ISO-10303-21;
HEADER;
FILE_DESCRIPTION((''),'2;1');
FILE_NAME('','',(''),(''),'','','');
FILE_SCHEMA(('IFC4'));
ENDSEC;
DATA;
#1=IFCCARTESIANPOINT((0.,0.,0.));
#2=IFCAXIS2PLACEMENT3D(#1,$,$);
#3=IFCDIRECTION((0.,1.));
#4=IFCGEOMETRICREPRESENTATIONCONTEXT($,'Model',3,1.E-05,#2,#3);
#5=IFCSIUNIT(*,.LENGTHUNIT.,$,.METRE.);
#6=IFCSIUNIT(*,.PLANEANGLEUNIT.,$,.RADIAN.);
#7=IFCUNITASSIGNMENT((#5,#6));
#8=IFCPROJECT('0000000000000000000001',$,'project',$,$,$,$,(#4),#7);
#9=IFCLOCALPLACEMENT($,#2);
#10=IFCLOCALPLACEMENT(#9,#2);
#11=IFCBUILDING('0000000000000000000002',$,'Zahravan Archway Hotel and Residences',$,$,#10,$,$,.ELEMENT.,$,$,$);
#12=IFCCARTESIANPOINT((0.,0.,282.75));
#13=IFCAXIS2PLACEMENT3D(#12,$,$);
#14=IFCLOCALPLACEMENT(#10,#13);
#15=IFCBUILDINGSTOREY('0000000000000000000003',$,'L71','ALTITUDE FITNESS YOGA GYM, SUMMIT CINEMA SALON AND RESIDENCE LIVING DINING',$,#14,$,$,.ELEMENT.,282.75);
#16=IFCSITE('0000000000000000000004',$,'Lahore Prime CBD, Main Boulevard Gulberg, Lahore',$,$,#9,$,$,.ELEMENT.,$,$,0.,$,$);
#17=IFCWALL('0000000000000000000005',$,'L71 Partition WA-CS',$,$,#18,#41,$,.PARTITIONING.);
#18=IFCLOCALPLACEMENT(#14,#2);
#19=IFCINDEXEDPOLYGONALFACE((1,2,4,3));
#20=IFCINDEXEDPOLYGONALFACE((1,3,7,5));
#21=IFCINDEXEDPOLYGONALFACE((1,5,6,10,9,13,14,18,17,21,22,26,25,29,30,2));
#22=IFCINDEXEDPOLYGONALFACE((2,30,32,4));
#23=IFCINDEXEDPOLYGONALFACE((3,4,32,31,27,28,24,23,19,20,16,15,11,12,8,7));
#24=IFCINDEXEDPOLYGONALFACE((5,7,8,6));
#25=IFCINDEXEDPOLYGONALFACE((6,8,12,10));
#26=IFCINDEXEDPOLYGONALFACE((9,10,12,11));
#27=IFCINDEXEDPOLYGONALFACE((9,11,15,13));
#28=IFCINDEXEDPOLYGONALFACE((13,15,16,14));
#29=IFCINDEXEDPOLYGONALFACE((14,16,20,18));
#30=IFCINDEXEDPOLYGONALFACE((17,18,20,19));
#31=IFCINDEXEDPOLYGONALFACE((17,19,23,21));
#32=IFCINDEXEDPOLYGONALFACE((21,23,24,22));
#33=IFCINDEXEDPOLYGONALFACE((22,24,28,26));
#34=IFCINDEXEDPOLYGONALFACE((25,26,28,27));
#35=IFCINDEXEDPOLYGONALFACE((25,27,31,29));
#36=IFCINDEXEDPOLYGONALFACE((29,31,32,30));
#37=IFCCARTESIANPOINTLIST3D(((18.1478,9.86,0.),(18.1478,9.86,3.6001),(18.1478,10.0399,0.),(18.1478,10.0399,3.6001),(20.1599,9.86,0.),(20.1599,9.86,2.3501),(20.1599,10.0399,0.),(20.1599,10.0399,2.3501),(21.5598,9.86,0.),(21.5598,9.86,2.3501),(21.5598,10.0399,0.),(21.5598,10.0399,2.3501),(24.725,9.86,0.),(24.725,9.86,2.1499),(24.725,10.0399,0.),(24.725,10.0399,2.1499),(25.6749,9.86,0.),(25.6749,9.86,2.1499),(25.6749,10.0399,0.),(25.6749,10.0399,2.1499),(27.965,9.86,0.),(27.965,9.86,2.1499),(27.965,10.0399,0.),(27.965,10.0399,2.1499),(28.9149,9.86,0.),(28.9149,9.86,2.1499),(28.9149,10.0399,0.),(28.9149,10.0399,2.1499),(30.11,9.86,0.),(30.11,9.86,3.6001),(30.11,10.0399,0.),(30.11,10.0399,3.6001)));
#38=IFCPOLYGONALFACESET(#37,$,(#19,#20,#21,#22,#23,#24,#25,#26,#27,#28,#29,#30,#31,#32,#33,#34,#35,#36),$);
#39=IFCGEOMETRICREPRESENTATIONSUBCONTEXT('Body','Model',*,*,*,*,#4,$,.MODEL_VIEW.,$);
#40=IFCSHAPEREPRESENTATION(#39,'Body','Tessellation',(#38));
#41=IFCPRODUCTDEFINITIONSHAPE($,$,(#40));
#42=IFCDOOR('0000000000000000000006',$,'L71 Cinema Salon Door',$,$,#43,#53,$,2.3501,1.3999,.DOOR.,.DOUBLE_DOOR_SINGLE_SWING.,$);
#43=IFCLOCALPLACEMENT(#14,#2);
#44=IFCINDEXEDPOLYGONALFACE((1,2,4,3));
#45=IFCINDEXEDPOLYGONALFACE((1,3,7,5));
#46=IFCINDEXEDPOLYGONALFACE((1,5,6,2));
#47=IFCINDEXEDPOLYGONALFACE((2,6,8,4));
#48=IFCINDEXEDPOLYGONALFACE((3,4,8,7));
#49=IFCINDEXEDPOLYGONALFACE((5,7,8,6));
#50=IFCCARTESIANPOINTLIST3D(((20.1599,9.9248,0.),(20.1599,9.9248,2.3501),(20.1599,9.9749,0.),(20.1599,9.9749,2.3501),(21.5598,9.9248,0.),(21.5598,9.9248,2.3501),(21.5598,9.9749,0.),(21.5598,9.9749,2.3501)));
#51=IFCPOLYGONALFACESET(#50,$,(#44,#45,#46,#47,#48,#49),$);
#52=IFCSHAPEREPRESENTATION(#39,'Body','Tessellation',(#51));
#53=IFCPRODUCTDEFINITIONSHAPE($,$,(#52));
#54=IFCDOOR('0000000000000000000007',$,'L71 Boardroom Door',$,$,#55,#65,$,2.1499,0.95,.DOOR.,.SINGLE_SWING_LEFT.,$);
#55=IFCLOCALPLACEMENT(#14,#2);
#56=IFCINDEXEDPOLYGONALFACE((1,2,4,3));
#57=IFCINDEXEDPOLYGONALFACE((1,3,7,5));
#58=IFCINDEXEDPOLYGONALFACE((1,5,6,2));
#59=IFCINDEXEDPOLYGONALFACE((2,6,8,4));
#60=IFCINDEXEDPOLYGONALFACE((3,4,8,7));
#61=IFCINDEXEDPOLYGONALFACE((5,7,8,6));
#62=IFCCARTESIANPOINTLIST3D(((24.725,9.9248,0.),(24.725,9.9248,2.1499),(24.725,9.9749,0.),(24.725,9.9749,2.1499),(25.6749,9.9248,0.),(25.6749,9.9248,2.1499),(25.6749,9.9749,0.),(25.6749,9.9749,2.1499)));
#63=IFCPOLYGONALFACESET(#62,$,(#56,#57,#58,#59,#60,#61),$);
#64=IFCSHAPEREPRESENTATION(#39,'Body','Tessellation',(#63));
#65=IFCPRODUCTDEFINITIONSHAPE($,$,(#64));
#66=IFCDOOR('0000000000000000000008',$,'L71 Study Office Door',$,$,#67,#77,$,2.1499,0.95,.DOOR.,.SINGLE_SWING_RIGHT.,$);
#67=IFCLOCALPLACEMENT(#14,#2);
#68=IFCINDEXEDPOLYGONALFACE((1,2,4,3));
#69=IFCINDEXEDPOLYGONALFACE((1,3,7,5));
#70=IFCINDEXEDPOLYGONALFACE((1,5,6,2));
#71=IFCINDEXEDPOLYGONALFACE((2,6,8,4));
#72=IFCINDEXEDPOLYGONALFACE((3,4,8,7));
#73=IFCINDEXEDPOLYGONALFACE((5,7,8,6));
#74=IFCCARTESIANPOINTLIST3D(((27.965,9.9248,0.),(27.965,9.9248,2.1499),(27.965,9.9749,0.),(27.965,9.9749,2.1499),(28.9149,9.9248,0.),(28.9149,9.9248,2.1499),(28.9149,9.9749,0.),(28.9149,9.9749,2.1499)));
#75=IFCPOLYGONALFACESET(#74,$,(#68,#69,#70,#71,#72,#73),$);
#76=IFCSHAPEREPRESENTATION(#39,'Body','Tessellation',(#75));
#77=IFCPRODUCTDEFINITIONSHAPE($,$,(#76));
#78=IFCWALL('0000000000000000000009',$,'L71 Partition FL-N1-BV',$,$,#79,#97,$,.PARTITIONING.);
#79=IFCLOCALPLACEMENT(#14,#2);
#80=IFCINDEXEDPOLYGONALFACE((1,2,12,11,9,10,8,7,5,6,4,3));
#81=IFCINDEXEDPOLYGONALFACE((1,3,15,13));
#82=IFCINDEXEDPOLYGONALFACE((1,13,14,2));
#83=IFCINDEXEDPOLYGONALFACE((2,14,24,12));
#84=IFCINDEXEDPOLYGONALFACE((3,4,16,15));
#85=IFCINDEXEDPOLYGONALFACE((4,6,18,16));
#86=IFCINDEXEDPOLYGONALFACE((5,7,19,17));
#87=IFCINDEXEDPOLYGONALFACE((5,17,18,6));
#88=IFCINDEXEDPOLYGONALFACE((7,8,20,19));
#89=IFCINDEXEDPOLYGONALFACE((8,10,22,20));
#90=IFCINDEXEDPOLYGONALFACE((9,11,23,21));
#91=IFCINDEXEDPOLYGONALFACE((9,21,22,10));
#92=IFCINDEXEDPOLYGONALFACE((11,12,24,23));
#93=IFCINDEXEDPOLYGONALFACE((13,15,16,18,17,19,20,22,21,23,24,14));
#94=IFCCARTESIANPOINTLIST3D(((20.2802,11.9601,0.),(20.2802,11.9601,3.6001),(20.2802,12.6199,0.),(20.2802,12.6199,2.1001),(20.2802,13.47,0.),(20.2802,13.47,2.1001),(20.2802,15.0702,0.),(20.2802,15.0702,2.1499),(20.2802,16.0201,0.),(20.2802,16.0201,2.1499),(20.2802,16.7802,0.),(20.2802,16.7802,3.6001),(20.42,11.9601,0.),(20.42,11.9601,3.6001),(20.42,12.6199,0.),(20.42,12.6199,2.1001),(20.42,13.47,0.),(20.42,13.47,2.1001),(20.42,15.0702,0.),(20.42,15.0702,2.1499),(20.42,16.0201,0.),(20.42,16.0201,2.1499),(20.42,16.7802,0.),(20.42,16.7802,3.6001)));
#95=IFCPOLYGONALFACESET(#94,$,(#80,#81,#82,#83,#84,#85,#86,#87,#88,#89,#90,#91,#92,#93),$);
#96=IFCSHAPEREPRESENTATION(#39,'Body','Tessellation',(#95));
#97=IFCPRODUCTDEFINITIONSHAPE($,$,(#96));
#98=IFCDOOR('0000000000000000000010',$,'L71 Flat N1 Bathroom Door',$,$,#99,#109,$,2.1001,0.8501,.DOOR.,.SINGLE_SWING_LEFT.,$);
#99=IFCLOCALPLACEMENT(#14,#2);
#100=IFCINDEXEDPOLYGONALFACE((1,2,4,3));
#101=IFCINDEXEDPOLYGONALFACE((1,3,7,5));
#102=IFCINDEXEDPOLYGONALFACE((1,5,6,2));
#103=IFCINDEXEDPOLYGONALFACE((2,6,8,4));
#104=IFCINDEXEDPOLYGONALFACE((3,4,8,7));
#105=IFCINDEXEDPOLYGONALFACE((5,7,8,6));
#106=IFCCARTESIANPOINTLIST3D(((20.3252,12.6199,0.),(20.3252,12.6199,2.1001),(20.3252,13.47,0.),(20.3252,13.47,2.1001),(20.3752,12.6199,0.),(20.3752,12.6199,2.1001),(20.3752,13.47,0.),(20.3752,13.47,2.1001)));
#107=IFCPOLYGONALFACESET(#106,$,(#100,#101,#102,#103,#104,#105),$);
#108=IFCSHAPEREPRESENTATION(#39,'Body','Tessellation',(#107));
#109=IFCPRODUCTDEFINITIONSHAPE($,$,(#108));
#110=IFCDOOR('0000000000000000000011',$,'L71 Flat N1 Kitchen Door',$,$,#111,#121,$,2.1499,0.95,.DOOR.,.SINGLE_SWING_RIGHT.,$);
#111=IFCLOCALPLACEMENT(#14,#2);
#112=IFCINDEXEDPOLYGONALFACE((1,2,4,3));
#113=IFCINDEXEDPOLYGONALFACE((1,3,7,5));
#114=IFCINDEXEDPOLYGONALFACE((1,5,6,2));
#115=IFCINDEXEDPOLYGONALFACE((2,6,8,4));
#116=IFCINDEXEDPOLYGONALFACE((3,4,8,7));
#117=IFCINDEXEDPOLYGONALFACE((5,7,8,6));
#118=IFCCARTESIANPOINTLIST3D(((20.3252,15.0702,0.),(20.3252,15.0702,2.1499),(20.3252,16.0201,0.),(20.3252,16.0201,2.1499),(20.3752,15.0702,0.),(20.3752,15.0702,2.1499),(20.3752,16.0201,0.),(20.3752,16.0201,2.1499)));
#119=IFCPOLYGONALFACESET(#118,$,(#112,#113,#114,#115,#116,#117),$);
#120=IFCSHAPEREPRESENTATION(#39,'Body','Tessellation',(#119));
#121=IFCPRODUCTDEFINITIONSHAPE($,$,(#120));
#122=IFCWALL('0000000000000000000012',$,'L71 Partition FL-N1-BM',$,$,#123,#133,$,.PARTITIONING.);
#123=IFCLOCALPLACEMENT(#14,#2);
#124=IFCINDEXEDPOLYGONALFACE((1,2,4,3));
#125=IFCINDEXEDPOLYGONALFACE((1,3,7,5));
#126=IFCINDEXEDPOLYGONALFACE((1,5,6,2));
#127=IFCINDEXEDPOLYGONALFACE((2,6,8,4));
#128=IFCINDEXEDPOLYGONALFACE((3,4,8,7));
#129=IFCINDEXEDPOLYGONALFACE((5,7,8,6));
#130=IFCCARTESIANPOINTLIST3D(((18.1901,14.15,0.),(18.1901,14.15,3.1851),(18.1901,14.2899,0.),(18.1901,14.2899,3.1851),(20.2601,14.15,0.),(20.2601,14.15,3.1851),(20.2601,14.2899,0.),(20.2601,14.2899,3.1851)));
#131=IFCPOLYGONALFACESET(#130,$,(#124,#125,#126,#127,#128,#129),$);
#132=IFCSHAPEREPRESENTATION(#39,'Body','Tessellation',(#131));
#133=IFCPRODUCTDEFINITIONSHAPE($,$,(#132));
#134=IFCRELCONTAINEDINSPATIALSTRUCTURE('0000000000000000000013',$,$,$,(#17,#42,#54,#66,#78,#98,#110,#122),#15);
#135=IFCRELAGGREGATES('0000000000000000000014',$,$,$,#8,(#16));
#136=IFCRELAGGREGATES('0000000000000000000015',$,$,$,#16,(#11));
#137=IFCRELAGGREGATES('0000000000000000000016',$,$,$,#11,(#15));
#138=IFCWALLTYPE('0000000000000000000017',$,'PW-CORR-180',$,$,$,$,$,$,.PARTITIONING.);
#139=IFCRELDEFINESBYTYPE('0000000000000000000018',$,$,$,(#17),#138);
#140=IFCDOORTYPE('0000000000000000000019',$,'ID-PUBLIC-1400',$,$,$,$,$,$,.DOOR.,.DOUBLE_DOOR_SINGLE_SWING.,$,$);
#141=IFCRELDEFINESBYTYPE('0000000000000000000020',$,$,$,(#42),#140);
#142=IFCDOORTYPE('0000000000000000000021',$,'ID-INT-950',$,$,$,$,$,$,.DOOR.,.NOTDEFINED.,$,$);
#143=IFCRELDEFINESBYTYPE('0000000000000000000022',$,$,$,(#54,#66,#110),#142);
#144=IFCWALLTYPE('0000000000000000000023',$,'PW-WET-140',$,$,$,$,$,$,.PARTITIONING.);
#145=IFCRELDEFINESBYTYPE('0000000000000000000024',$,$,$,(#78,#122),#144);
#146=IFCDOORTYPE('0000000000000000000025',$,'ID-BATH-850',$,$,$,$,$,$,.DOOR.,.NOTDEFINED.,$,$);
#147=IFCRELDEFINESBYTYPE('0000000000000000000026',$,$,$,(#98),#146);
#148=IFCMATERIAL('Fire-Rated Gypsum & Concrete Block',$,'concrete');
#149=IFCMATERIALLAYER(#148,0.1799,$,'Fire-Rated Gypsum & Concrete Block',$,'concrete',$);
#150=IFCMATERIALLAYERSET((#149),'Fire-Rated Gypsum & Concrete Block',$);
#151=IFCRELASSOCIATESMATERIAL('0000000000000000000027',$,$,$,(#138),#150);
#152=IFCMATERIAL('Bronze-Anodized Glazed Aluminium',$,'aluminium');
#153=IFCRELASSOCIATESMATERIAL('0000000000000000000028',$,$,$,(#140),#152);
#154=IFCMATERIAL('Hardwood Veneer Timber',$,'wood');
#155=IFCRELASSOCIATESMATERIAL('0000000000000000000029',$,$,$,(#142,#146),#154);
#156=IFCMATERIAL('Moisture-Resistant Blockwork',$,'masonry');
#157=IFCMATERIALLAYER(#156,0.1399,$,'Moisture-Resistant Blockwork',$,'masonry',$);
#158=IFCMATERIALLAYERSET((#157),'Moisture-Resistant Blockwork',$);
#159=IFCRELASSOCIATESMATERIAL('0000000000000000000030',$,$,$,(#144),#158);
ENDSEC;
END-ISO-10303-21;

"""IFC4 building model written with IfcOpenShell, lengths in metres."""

from ifc_helpers import new_model, si_unit, direction, frame, frame_2d, origin, place, context, subcontext, project, spatial, rectangle, extrude, source, transform, mapped, material, layer, layer_set, type_object, type_shapes, element, fill, save


model = new_model("IFC4")

# Units and contexts
model_context = context("Model", 3, precision=1e-05, world=origin(), true_north=direction((0.0, 1.0)))
body_context = subcontext(model_context, "Body", "Model", "MODEL_VIEW")
ifc_project = project(units=[si_unit("LENGTHUNIT", "METRE"), si_unit("PLANEANGLEUNIT", "RADIAN")], contexts=[model_context])

# Site, building, storey
site_placement = place(None, origin())
site = spatial("IfcSite", under=ifc_project, at=site_placement, Name="Lahore Prime CBD, Main Boulevard Gulberg, Lahore", CompositionType="ELEMENT", RefElevation=0.0)
building_placement = place(site_placement, origin())
building = spatial("IfcBuilding", under=site, at=building_placement, Name="Zahravan Archway Hotel and Residences", CompositionType="ELEMENT")
storey_placement = place(building_placement, frame((0.0, 0.0, 282.75)))
storey = spatial("IfcBuildingStorey", under=building, at=storey_placement, Name="L71", Description="ALTITUDE FITNESS YOGA GYM, SUMMIT CINEMA SALON AND RESIDENCE LIVING DINING", CompositionType="ELEMENT", Elevation=282.75)

# Shared definitions
ifc_material_1 = material(Name="Fire-Rated Gypsum & Concrete Block", Category="concrete")
ifc_material_2 = material(Name="Hardwood Veneer Timber", Category="wood")

# Walls, openings, doors
ifc_layer_1 = layer(ifc_material_1, 0.1799, Name="Fire-Rated Gypsum & Concrete Block", Category="concrete")
ifc_layer_set_1 = layer_set([ifc_layer_1], Name="Fire-Rated Gypsum & Concrete Block")
wall_type_1 = type_object("IfcWallType", Name="PW-CORR-180", PredefinedType="PARTITIONING", material=ifc_layer_set_1)
wall_1_placement = place(storey_placement, frame((18.1479, 9.95, 0.0), z_axis=(0.0, 0.0, 1.0), x_axis=(1.0, 0.0, 0.0)))
wall_1 = element("IfcWall", 1, at=wall_1_placement, inside=storey, type_object=wall_type_1, Name="L71 Partition WA-CS", PredefinedType="PARTITIONING", context=body_context, shape_type="SweptSolid", body=[
    extrude(rectangle(XDim=11.9622, YDim=0.1799, at=frame_2d((5.981, 0.0))), origin(), (0.0, 0.0, 1.0), 3.6001),
])
opening_1_placement = place(wall_1_placement, frame((2.012, 0.0, 0.0)))
opening_1 = element("IfcOpeningElement", 2, at=opening_1_placement, cuts=wall_1, PredefinedType="OPENING", context=body_context, shape_type="SweptSolid", body=[
    extrude(rectangle(XDim=1.3999, YDim=2.3501, at=frame_2d((0.7, 1.175))), frame((0.0, 0.1001, 0.0), z_axis=(0.0, -1.0, 0.0), x_axis=(1.0, 0.0, 0.0)), (0.0, 0.0, 1.0), 0.2),
])
opening_2_placement = place(wall_1_placement, frame((6.5769, 0.0, 0.0)))
opening_2 = element("IfcOpeningElement", 3, at=opening_2_placement, cuts=wall_1, PredefinedType="OPENING", context=body_context, shape_type="SweptSolid", body=[
    extrude(rectangle(XDim=0.95, YDim=2.1499, at=frame_2d((0.4751, 1.075))), frame((0.0, 0.1001, 0.0), z_axis=(0.0, -1.0, 0.0), x_axis=(1.0, 0.0, 0.0)), (0.0, 0.0, 1.0), 0.2),
])
opening_3_placement = place(wall_1_placement, frame((9.8169, 0.0, 0.0)))
opening_3 = element("IfcOpeningElement", 4, at=opening_3_placement, cuts=wall_1, PredefinedType="OPENING", context=body_context, shape_type="SweptSolid", body=[
    extrude(rectangle(XDim=0.95, YDim=2.1499, at=frame_2d((0.4751, 1.075))), frame((0.0, 0.1001, 0.0), z_axis=(0.0, -1.0, 0.0), x_axis=(1.0, 0.0, 0.0)), (0.0, 0.0, 1.0), 0.2),
])
ifc_material_3 = material(Name="Bronze-Anodized Glazed Aluminium", Category="aluminium")
door_type_1 = type_object("IfcDoorType", Name="ID-PUBLIC-1400", OperationType="DOUBLE_DOOR_SINGLE_SWING", PredefinedType="DOOR", material=ifc_material_3)
shared_shape_1 = source(origin(), body_context, "Body", "SweptSolid", [
    extrude(rectangle(XDim=1.3999, YDim=2.3501, at=frame_2d((0.7, 1.175))), frame((0.0, 0.0249, 0.0), z_axis=(0.0, -1.0, 0.0), x_axis=(1.0, 0.0, 0.0)), (0.0, 0.0, 1.0), 0.05),
])
type_shapes(door_type_1, [shared_shape_1])
door_1_placement = place(opening_1_placement, origin())
door_1 = element("IfcDoor", 5, at=door_1_placement, inside=storey, type_object=door_type_1, Name="L71 Cinema Salon Door", OperationType="DOUBLE_DOOR_SINGLE_SWING", OverallHeight=2.3501, OverallWidth=1.3999, PredefinedType="DOOR", context=body_context, shape_type="MappedRepresentation", body=[
    mapped(shared_shape_1, transform((0.0, 0.0, 0.0), scale=1.0)),
])
fill(opening_1, door_1)
door_type_2 = type_object("IfcDoorType", Name="ID-INT-950", OperationType="NOTDEFINED", PredefinedType="DOOR", material=ifc_material_2)
shared_shape_2 = source(origin(), body_context, "Body", "SweptSolid", [
    extrude(rectangle(XDim=0.95, YDim=2.1499, at=frame_2d((0.4751, 1.075))), frame((0.0, 0.0249, 0.0), z_axis=(0.0, -1.0, 0.0), x_axis=(1.0, 0.0, 0.0)), (0.0, 0.0, 1.0), 0.05),
])
type_shapes(door_type_2, [shared_shape_2])
door_2_placement = place(opening_2_placement, origin())
door_2 = element("IfcDoor", 6, at=door_2_placement, inside=storey, type_object=door_type_2, Name="L71 Boardroom Door", OperationType="SINGLE_SWING_LEFT", OverallHeight=2.1499, OverallWidth=0.95, PredefinedType="DOOR", context=body_context, shape_type="MappedRepresentation", body=[
    mapped(shared_shape_2, transform((0.0, 0.0, 0.0), scale=1.0)),
])
fill(opening_2, door_2)
door_3_placement = place(opening_3_placement, origin())
door_3 = element("IfcDoor", 7, at=door_3_placement, inside=storey, type_object=door_type_2, Name="L71 Study Office Door", OperationType="SINGLE_SWING_RIGHT", OverallHeight=2.1499, OverallWidth=0.95, PredefinedType="DOOR", context=body_context, shape_type="MappedRepresentation", body=[
    mapped(shared_shape_2, transform((0.0, 0.0, 0.0), scale=1.0)),
])
fill(opening_3, door_3)
ifc_material_4 = material(Name="Moisture-Resistant Blockwork", Category="masonry")
ifc_layer_2 = layer(ifc_material_4, 0.1399, Name="Moisture-Resistant Blockwork", Category="masonry")
ifc_layer_set_2 = layer_set([ifc_layer_2], Name="Moisture-Resistant Blockwork")
wall_type_2 = type_object("IfcWallType", Name="PW-WET-140", PredefinedType="PARTITIONING", material=ifc_layer_set_2)
wall_2_placement = place(storey_placement, frame((20.3501, 11.96, 0.0), z_axis=(0.0, 0.0, 1.0), x_axis=(0.0, 1.0, 0.0)))
wall_2 = element("IfcWall", 8, at=wall_2_placement, inside=storey, type_object=wall_type_2, Name="L71 Partition FL-N1-BV", PredefinedType="PARTITIONING", context=body_context, shape_type="SweptSolid", body=[
    extrude(rectangle(XDim=4.8201, YDim=0.1399, at=frame_2d((2.4102, 0.0))), origin(), (0.0, 0.0, 1.0), 3.6001),
])
opening_4_placement = place(wall_2_placement, frame((0.6599, 0.0, 0.0)))
opening_4 = element("IfcOpeningElement", 9, at=opening_4_placement, cuts=wall_2, PredefinedType="OPENING", context=body_context, shape_type="SweptSolid", body=[
    extrude(rectangle(XDim=0.8501, YDim=2.1001, at=frame_2d((0.425, 1.05))), frame((0.0, 0.0801, 0.0), z_axis=(0.0, -1.0, 0.0), x_axis=(1.0, 0.0, 0.0)), (0.0, 0.0, 1.0), 0.1599),
])
opening_5_placement = place(wall_2_placement, frame((3.1101, 0.0, 0.0)))
opening_5 = element("IfcOpeningElement", 10, at=opening_5_placement, cuts=wall_2, PredefinedType="OPENING", context=body_context, shape_type="SweptSolid", body=[
    extrude(rectangle(XDim=0.95, YDim=2.1499, at=frame_2d((0.4751, 1.075))), frame((0.0, 0.0801, 0.0), z_axis=(0.0, -1.0, 0.0), x_axis=(1.0, 0.0, 0.0)), (0.0, 0.0, 1.0), 0.1599),
])
door_type_3 = type_object("IfcDoorType", Name="ID-BATH-850", OperationType="NOTDEFINED", PredefinedType="DOOR", material=ifc_material_2)
shared_shape_3 = source(origin(), body_context, "Body", "SweptSolid", [
    extrude(rectangle(XDim=0.8501, YDim=2.1001, at=frame_2d((0.425, 1.05))), frame((0.0, 0.0249, 0.0), z_axis=(0.0, -1.0, 0.0), x_axis=(1.0, 0.0, 0.0)), (0.0, 0.0, 1.0), 0.05),
])
type_shapes(door_type_3, [shared_shape_3])
door_4_placement = place(opening_4_placement, origin())
door_4 = element("IfcDoor", 11, at=door_4_placement, inside=storey, type_object=door_type_3, Name="L71 Flat N1 Bathroom Door", OperationType="SINGLE_SWING_LEFT", OverallHeight=2.1001, OverallWidth=0.8501, PredefinedType="DOOR", context=body_context, shape_type="MappedRepresentation", body=[
    mapped(shared_shape_3, transform((0.0, 0.0, 0.0), scale=1.0)),
])
fill(opening_4, door_4)
door_5_placement = place(opening_5_placement, origin())
door_5 = element("IfcDoor", 12, at=door_5_placement, inside=storey, type_object=door_type_2, Name="L71 Flat N1 Kitchen Door", OperationType="SINGLE_SWING_RIGHT", OverallHeight=2.1499, OverallWidth=0.95, PredefinedType="DOOR", context=body_context, shape_type="MappedRepresentation", body=[
    mapped(shared_shape_2, transform((0.0, 0.0, 0.0), scale=1.0)),
])
fill(opening_5, door_5)

# Wall
wall_3_placement = place(storey_placement, frame((18.1899, 14.22, 0.0), z_axis=(0.0, 0.0, 1.0), x_axis=(1.0, 0.0, 0.0)))
element("IfcWall", 13, at=wall_3_placement, inside=storey, type_object=wall_type_2, Name="L71 Partition FL-N1-BM", PredefinedType="PARTITIONING", context=body_context, shape_type="SweptSolid", body=[
    extrude(rectangle(XDim=2.0701, YDim=0.1399, at=frame_2d((1.0352, 0.0))), origin(), (0.0, 0.0, 1.0), 3.1851),
])

save(model, "model.ifc")
